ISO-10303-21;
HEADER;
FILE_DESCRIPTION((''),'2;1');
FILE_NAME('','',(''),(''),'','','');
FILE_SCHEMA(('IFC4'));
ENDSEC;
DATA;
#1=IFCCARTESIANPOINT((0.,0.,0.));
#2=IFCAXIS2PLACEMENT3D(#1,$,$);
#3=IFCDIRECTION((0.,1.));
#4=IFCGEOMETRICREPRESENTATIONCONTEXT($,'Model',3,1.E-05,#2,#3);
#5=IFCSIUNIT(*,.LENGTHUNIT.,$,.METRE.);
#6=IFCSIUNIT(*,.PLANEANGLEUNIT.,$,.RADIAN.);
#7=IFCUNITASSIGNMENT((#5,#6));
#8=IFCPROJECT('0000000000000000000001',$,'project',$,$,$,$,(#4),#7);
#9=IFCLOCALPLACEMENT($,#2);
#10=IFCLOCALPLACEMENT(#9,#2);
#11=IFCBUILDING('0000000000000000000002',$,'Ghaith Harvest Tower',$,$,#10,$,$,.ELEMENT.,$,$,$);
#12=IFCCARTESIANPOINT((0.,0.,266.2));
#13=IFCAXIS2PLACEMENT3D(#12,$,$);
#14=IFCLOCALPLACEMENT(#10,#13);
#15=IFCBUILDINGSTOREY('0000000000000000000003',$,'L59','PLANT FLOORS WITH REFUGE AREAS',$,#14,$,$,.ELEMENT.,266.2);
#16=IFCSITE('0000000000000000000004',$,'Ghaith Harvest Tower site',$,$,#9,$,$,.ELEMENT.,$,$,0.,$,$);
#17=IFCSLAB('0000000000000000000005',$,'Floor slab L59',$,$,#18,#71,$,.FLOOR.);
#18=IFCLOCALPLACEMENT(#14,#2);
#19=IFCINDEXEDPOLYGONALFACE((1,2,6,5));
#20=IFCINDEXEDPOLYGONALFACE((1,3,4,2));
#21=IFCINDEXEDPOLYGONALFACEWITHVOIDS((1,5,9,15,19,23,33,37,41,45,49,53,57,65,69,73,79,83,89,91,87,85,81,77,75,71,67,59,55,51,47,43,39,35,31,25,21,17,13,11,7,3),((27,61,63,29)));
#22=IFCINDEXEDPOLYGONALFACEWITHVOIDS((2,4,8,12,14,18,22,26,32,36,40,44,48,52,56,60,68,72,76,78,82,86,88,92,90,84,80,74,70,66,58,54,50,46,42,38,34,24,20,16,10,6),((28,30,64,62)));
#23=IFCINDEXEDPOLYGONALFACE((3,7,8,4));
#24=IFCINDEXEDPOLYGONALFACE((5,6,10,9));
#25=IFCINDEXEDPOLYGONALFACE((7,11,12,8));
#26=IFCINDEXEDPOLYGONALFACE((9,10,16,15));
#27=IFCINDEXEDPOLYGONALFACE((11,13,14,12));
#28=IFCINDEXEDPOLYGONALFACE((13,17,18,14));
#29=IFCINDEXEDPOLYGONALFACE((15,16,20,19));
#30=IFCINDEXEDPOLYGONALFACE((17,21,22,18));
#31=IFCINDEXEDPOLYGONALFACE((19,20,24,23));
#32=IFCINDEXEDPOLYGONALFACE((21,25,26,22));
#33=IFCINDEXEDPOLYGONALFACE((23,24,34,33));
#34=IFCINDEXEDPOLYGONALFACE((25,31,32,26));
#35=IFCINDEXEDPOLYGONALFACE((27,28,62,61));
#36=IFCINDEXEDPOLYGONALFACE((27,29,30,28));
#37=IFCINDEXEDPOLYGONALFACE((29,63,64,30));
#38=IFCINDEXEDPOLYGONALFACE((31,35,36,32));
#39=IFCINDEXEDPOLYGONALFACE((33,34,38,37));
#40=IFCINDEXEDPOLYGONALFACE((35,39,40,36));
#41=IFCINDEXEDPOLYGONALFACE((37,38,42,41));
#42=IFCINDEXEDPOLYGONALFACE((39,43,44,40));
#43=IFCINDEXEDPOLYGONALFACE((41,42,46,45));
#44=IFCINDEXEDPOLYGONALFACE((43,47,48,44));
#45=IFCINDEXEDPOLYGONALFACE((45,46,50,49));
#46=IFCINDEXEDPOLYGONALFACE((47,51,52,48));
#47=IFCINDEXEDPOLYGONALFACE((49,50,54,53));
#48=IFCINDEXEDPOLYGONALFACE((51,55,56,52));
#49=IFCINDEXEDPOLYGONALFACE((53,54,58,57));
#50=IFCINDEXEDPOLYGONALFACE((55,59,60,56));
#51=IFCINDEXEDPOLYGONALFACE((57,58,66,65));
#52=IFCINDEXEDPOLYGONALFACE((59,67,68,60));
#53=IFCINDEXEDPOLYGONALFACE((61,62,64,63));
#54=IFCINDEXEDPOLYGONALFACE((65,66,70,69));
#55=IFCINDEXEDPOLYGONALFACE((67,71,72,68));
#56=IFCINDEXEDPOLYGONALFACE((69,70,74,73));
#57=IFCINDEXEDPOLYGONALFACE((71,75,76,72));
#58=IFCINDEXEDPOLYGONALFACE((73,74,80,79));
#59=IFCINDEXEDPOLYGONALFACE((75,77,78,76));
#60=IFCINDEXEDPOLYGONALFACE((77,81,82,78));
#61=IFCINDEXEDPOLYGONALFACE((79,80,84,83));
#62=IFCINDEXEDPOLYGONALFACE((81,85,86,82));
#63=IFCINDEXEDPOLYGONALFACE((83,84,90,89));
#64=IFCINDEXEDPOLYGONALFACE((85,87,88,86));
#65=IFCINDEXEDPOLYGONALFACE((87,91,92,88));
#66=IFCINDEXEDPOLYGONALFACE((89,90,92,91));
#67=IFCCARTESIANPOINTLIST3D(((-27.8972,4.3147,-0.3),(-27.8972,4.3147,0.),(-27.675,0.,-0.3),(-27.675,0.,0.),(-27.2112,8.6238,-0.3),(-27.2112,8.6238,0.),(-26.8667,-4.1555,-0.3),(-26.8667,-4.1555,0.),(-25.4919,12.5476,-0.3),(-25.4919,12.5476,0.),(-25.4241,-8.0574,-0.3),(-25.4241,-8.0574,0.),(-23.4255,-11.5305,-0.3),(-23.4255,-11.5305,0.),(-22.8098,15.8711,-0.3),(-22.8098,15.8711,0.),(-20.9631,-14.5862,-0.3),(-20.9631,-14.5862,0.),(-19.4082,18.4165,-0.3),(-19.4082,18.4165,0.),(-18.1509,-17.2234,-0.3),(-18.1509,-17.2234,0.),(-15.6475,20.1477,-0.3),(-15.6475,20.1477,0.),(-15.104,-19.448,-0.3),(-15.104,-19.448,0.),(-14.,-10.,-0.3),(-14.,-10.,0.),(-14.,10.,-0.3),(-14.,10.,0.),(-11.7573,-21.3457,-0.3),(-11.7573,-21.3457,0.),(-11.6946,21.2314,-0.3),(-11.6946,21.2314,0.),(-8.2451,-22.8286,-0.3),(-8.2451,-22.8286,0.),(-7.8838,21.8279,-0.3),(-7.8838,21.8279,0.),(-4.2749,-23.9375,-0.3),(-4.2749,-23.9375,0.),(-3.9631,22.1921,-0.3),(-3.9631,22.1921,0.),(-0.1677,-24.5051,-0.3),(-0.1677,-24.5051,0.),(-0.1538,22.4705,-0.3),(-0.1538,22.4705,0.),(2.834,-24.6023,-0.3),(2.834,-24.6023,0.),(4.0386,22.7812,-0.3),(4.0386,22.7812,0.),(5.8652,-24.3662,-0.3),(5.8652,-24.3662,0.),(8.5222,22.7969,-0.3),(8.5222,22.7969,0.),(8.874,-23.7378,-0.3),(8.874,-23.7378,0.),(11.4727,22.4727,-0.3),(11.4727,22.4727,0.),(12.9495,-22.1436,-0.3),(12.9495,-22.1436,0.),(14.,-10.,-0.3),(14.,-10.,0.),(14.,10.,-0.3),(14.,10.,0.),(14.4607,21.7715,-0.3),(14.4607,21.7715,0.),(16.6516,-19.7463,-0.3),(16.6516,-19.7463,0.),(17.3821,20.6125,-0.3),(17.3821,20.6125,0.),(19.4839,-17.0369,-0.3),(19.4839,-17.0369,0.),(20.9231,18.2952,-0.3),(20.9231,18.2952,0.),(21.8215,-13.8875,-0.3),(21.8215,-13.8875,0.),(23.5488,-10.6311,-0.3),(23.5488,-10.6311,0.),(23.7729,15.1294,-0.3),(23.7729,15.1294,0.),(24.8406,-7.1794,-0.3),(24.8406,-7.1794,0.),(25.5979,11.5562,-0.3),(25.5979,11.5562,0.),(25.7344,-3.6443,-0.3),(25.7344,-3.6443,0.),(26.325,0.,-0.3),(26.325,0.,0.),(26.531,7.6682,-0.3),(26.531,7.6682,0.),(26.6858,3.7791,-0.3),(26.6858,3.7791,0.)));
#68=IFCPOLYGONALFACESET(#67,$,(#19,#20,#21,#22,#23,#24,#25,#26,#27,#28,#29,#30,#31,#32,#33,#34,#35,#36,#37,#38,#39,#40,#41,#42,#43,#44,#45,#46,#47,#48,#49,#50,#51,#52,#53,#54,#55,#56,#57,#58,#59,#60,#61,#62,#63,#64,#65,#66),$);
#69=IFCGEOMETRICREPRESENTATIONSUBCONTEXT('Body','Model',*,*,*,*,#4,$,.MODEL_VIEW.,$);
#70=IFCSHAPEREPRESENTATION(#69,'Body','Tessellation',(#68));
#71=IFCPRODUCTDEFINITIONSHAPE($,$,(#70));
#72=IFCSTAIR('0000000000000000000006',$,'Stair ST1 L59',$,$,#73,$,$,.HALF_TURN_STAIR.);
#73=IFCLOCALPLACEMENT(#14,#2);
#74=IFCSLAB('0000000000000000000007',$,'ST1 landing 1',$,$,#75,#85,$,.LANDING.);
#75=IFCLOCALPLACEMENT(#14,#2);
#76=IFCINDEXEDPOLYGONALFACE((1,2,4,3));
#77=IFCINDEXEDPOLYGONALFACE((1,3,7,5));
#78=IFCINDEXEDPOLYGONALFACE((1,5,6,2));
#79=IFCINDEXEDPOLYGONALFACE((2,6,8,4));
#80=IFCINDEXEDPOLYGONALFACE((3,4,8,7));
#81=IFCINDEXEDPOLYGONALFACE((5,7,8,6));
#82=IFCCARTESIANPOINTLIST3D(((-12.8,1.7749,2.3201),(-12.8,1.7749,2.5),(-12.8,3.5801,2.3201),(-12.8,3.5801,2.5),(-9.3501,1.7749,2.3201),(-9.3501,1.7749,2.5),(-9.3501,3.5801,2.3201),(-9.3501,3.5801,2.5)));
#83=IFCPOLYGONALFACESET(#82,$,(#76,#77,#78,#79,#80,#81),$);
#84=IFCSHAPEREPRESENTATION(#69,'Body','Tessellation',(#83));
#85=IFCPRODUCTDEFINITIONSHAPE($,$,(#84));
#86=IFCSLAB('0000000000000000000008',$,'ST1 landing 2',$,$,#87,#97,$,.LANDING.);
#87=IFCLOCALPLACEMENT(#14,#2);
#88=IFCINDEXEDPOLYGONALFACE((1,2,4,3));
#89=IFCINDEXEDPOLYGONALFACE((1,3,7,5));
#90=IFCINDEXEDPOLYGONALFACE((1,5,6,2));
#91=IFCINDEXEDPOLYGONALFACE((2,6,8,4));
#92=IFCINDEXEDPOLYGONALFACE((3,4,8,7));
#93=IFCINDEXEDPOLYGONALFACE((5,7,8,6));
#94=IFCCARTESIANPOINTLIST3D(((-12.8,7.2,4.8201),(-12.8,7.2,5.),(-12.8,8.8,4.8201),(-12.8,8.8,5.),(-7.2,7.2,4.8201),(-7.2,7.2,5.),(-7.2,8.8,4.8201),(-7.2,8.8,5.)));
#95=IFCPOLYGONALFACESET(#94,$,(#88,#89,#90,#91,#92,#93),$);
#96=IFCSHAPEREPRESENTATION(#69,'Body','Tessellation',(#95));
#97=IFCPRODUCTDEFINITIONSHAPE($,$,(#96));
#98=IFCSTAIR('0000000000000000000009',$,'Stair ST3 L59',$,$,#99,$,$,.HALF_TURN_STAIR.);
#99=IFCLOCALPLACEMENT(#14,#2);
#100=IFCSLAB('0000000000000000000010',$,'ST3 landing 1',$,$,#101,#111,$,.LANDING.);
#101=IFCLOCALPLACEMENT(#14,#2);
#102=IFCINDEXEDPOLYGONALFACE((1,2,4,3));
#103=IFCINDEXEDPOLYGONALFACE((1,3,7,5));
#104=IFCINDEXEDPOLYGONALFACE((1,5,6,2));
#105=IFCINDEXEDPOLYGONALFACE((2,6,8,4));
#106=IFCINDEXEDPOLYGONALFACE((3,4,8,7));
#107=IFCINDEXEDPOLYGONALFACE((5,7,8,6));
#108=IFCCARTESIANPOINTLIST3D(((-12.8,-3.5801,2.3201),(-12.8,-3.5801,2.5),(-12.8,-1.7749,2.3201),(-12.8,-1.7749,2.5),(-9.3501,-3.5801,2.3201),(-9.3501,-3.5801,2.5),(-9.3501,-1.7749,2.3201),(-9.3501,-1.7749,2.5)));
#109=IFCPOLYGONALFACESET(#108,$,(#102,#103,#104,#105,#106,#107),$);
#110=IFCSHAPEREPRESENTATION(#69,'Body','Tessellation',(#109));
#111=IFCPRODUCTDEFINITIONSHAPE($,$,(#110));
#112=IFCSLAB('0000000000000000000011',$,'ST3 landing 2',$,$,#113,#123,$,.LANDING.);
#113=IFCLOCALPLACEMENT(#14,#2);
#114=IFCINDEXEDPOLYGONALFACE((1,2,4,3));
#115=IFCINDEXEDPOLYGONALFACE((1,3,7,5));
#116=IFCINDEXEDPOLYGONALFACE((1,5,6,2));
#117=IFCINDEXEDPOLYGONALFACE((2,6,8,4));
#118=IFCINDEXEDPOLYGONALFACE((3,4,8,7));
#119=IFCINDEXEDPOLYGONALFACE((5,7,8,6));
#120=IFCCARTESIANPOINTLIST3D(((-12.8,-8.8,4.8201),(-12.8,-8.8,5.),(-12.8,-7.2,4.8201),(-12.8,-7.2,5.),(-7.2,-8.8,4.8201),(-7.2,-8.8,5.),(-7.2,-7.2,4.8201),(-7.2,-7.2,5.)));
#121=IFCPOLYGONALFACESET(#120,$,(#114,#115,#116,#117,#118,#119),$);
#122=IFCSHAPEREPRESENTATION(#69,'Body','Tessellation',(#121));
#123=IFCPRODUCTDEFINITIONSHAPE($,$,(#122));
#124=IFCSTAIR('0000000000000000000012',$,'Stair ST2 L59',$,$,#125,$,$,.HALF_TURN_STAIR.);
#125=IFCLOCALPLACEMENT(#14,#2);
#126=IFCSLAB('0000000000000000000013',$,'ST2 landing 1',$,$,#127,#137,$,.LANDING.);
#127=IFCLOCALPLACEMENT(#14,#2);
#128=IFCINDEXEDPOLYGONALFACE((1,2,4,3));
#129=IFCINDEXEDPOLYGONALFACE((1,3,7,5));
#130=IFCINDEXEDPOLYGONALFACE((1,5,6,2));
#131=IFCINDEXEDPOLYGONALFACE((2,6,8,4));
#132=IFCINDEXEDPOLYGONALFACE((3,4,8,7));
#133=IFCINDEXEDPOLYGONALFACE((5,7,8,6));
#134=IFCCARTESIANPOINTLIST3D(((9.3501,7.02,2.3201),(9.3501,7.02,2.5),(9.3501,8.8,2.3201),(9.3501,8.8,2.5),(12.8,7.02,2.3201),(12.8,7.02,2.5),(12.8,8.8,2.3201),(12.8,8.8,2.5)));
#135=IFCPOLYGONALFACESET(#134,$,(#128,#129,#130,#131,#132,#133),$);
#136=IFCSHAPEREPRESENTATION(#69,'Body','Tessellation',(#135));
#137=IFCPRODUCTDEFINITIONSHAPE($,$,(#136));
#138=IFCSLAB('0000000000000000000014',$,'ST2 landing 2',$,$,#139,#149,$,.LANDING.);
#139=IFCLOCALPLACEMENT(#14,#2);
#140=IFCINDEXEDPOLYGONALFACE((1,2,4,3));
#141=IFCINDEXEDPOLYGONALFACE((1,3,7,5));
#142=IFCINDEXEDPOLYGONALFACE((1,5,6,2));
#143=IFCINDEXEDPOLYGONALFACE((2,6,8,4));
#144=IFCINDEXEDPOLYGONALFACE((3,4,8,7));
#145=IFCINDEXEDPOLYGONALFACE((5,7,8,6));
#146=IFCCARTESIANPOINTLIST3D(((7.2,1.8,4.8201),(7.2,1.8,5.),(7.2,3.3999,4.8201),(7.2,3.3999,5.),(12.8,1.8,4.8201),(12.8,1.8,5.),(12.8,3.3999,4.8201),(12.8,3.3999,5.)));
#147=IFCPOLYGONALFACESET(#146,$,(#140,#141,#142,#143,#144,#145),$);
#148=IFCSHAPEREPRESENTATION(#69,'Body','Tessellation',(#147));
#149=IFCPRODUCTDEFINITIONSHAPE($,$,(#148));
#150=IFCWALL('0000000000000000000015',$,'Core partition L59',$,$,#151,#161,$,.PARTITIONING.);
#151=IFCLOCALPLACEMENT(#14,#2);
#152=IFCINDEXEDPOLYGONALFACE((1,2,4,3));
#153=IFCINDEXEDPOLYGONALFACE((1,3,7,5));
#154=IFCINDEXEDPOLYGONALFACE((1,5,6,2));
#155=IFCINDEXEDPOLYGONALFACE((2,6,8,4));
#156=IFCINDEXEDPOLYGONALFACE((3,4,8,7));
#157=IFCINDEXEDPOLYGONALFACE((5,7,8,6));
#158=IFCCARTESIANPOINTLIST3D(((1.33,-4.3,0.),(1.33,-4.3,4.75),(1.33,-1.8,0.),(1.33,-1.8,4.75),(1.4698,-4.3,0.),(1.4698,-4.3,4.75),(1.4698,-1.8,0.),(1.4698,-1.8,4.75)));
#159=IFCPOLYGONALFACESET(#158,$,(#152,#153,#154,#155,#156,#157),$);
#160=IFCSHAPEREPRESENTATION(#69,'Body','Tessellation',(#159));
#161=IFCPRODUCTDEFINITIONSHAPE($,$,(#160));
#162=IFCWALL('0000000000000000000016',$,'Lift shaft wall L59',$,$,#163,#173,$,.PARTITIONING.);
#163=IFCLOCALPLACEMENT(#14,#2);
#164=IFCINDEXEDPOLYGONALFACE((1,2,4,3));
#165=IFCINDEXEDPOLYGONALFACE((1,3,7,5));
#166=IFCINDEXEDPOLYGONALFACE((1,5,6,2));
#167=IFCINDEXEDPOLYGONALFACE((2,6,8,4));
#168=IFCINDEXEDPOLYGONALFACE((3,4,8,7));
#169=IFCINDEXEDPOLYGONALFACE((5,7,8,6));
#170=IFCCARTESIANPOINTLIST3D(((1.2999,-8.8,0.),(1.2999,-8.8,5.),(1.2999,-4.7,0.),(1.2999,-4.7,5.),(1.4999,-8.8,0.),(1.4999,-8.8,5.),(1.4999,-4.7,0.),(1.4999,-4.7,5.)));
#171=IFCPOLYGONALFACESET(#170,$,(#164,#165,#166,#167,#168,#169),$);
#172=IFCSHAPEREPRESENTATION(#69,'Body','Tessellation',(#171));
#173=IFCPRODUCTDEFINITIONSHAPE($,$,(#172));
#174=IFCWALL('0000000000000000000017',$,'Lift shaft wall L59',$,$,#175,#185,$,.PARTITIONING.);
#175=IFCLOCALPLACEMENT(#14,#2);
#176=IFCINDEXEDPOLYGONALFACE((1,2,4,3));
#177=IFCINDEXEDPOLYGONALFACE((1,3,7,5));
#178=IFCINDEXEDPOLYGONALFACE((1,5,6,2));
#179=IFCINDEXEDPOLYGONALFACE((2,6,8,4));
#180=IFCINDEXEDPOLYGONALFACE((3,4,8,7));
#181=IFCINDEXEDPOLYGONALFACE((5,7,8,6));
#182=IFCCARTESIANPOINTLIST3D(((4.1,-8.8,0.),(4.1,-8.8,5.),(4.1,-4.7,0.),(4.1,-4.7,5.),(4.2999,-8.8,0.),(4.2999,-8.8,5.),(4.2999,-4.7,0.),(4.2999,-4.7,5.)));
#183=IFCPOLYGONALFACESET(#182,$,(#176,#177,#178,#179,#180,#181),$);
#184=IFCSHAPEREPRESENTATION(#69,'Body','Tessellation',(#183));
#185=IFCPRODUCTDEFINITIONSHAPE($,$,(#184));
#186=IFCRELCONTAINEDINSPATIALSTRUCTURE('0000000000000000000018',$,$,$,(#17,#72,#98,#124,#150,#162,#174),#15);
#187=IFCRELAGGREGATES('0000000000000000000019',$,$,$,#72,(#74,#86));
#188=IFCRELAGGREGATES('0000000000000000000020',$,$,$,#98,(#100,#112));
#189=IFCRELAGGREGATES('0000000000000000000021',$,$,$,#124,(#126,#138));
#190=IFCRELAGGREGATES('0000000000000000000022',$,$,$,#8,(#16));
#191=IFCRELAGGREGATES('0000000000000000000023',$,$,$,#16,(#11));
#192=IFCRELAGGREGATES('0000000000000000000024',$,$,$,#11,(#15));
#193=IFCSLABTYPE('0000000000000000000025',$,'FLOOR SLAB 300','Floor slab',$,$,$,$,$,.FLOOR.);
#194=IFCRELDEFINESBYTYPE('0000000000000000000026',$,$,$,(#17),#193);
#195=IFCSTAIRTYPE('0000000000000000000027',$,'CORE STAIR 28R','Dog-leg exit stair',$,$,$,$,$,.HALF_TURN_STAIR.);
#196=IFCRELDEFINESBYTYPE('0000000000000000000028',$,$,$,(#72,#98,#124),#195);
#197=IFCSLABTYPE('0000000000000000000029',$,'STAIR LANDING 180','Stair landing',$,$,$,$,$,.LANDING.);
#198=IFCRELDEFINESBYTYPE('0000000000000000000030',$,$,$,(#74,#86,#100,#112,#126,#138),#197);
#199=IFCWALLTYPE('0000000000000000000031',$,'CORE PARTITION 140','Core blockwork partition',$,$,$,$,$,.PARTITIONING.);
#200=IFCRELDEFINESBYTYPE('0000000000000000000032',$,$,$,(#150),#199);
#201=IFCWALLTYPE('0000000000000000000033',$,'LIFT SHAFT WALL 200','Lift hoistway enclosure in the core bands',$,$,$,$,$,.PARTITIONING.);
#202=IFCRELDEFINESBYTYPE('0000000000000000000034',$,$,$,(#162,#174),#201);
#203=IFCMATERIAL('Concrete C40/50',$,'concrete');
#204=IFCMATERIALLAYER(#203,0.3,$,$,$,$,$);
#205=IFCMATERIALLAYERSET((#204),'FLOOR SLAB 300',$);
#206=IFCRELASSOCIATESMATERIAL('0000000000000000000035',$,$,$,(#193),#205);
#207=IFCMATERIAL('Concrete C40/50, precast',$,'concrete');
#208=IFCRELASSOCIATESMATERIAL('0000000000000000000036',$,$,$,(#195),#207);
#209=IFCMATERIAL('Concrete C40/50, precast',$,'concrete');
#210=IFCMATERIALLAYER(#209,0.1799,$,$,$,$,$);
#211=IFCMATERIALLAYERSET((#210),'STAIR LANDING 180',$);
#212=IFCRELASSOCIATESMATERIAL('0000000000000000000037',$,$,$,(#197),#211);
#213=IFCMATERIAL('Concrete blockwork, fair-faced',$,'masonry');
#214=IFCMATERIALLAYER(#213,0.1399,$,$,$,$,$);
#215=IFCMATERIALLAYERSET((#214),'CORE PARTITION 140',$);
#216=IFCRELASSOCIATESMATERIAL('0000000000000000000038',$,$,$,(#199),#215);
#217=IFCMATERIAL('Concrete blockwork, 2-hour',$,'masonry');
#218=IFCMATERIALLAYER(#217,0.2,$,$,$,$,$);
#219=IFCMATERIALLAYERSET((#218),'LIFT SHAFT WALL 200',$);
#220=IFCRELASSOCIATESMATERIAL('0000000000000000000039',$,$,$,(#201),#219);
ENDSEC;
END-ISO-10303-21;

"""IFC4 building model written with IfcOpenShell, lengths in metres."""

from ifc_helpers import new_model, si_unit, direction, frame, frame_2d, origin, place, context, subcontext, project, spatial, polyline, rectangle, outline, extrude, material, layer, layer_set, type_object, element, aggregate, save


model = new_model("IFC4")

# Units and contexts
model_context = context("Model", 3, precision=1e-05, world=origin(), true_north=direction((0.0, 1.0)))
body_context = subcontext(model_context, "Body", "Model", "MODEL_VIEW")
ifc_project = project(units=[si_unit("LENGTHUNIT", "METRE"), si_unit("PLANEANGLEUNIT", "RADIAN")], contexts=[model_context])

# Site, building, storey
site_placement = place(None, origin())
site = spatial("IfcSite", under=ifc_project, at=site_placement, Name="Ghaith Harvest Tower site", CompositionType="ELEMENT", RefElevation=0.0)
building_placement = place(site_placement, origin())
building = spatial("IfcBuilding", under=site, at=building_placement, Name="Ghaith Harvest Tower", CompositionType="ELEMENT")
storey_placement = place(building_placement, frame((0.0, 0.0, 266.2)))
storey = spatial("IfcBuildingStorey", under=building, at=storey_placement, Name="L59", Description="PLANT FLOORS WITH REFUGE AREAS", CompositionType="ELEMENT", Elevation=266.2)

# Slab
ifc_material_1 = material(Name="Concrete C40/50", Category="concrete")
ifc_layer_1 = layer(ifc_material_1, 0.3)
ifc_layer_set_1 = layer_set([ifc_layer_1], Name="FLOOR SLAB 300")
slab_type_1 = type_object("IfcSlabType", Name="FLOOR SLAB 300", Description="Floor slab", PredefinedType="FLOOR", material=ifc_layer_set_1)
slab_1_placement = place(storey_placement, frame((0.0, 0.0, -0.3)))
element("IfcSlab", 1, at=slab_1_placement, inside=storey, type_object=slab_type_1, Name="Floor slab L59", PredefinedType="FLOOR", context=body_context, shape_type="SweptSolid", body=[
    extrude(outline(polyline([(26.325, 0.0), (26.6858, 3.7791), (26.531, 7.6682), (25.5979, 11.5562), (23.7729, 15.1294), (20.9231, 18.2952), (17.3821, 20.6125), (14.4607, 21.7715), (11.4727, 22.4727), (8.5222, 22.7969), (4.0386, 22.7812), (-0.1538, 22.4705), (-3.9631, 22.1921), (-7.8838, 21.8279), (-11.6946, 21.2314), (-15.6475, 20.1477), (-19.4082, 18.4165), (-22.8098, 15.8711), (-25.4919, 12.5476), (-27.2112, 8.6238), (-27.8972, 4.3147), (-27.675, 0.0), (-26.8667, -4.1555), (-25.4241, -8.0574), (-23.4255, -11.5305), (-20.9631, -14.5862), (-18.1509, -17.2234), (-15.104, -19.448), (-11.7573, -21.3457), (-8.2451, -22.8286), (-4.2749, -23.9375), (-0.1677, -24.5051), (2.834, -24.6023), (5.8652, -24.3662), (8.874, -23.7378), (12.9495, -22.1436), (16.6516, -19.7463), (19.4839, -17.0369), (21.8215, -13.8875), (23.5488, -10.6311), (24.8406, -7.1794), (25.7344, -3.6443), (26.325, 0.0)]), holes=[polyline([(-14.0, -10.0), (14.0, -10.0), (14.0, 10.0), (-14.0, 10.0), (-14.0, -10.0)])]), origin(), (0.0, 0.0, 1.0), 0.3),
])

# Stairs, slabs
ifc_material_2 = material(Name="Concrete C40/50, precast", Category="concrete")
stair_type = type_object("IfcStairType", Name="CORE STAIR 28R", Description="Dog-leg exit stair", PredefinedType="HALF_TURN_STAIR", material=ifc_material_2)
stair_1_placement = place(storey_placement, origin())
stair_1 = element("IfcStair", 2, at=stair_1_placement, inside=storey, type_object=stair_type, Name="Stair ST1 L59", PredefinedType="HALF_TURN_STAIR")
ifc_material_3 = material(Name="Concrete C40/50, precast", Category="concrete")
ifc_layer_2 = layer(ifc_material_3, 0.1799)
ifc_layer_set_2 = layer_set([ifc_layer_2], Name="STAIR LANDING 180")
slab_type_2 = type_object("IfcSlabType", Name="STAIR LANDING 180", Description="Stair landing", PredefinedType="LANDING", material=ifc_layer_set_2)
slab_2_placement = place(storey_placement, frame((0.0, 0.0, 2.3201)))
slab_2 = element("IfcSlab", 3, at=slab_2_placement, type_object=slab_type_2, Name="ST1 landing 1", PredefinedType="LANDING", context=body_context, shape_type="SweptSolid", body=[
    extrude(outline(polyline([(-12.8, 3.5801), (-12.8, 1.7749), (-9.3501, 1.7749), (-9.3501, 3.5801), (-12.8, 3.5801)])), origin(), (0.0, 0.0, 1.0), 0.1799),
])
slab_3_placement = place(storey_placement, frame((0.0, 0.0, 4.8201)))
slab_3 = element("IfcSlab", 4, at=slab_3_placement, type_object=slab_type_2, Name="ST1 landing 2", PredefinedType="LANDING", context=body_context, shape_type="SweptSolid", body=[
    extrude(outline(polyline([(-12.8, 8.8), (-12.8, 7.2), (-7.2, 7.2), (-7.2, 8.8), (-12.8, 8.8)])), origin(), (0.0, 0.0, 1.0), 0.1799),
])
aggregate(stair_1, [slab_2, slab_3])
stair_2_placement = place(storey_placement, origin())
stair_2 = element("IfcStair", 5, at=stair_2_placement, inside=storey, type_object=stair_type, Name="Stair ST3 L59", PredefinedType="HALF_TURN_STAIR")
slab_4_placement = place(storey_placement, frame((0.0, 0.0, 2.3201)))
slab_4 = element("IfcSlab", 6, at=slab_4_placement, type_object=slab_type_2, Name="ST3 landing 1", PredefinedType="LANDING", context=body_context, shape_type="SweptSolid", body=[
    extrude(outline(polyline([(-12.8, -3.5801), (-12.8, -1.7749), (-9.3501, -1.7749), (-9.3501, -3.5801), (-12.8, -3.5801)])), origin(), (0.0, 0.0, 1.0), 0.1799),
])
slab_5_placement = place(storey_placement, frame((0.0, 0.0, 4.8201)))
slab_5 = element("IfcSlab", 7, at=slab_5_placement, type_object=slab_type_2, Name="ST3 landing 2", PredefinedType="LANDING", context=body_context, shape_type="SweptSolid", body=[
    extrude(outline(polyline([(-12.8, -8.8), (-12.8, -7.2), (-7.2, -7.2), (-7.2, -8.8), (-12.8, -8.8)])), origin(), (0.0, 0.0, 1.0), 0.1799),
])
aggregate(stair_2, [slab_4, slab_5])
stair_3_placement = place(storey_placement, origin())
stair_3 = element("IfcStair", 8, at=stair_3_placement, inside=storey, type_object=stair_type, Name="Stair ST2 L59", PredefinedType="HALF_TURN_STAIR")
slab_6_placement = place(storey_placement, frame((0.0, 0.0, 2.3201)))
slab_6 = element("IfcSlab", 9, at=slab_6_placement, type_object=slab_type_2, Name="ST2 landing 1", PredefinedType="LANDING", context=body_context, shape_type="SweptSolid", body=[
    extrude(outline(polyline([(12.8, 7.02), (12.8, 8.8), (9.3501, 8.8), (9.3501, 7.02), (12.8, 7.02)])), origin(), (0.0, 0.0, 1.0), 0.1799),
])
slab_7_placement = place(storey_placement, frame((0.0, 0.0, 4.8201)))
slab_7 = element("IfcSlab", 10, at=slab_7_placement, type_object=slab_type_2, Name="ST2 landing 2", PredefinedType="LANDING", context=body_context, shape_type="SweptSolid", body=[
    extrude(outline(polyline([(12.8, 1.8), (12.8, 3.3999), (7.2, 3.3999), (7.2, 1.8), (12.8, 1.8)])), origin(), (0.0, 0.0, 1.0), 0.1799),
])
aggregate(stair_3, [slab_6, slab_7])

# Walls
ifc_material_4 = material(Name="Concrete blockwork, fair-faced", Category="masonry")
ifc_layer_3 = layer(ifc_material_4, 0.1399)
ifc_layer_set_3 = layer_set([ifc_layer_3], Name="CORE PARTITION 140")
wall_type_1 = type_object("IfcWallType", Name="CORE PARTITION 140", Description="Core blockwork partition", PredefinedType="PARTITIONING", material=ifc_layer_set_3)
wall_1_placement = place(storey_placement, frame((1.3999, -1.8, 0.0), z_axis=(0.0, 0.0, 1.0), x_axis=(0.0, -1.0, 0.0)))
element("IfcWall", 11, at=wall_1_placement, inside=storey, type_object=wall_type_1, Name="Core partition L59", PredefinedType="PARTITIONING", context=body_context, shape_type="SweptSolid", body=[
    extrude(rectangle(XDim=2.5, YDim=0.1399, at=frame_2d((1.25, 0.0))), origin(), (0.0, 0.0, 1.0), 4.75),
])
ifc_material_5 = material(Name="Concrete blockwork, 2-hour", Category="masonry")
ifc_layer_4 = layer(ifc_material_5, 0.2)
ifc_layer_set_4 = layer_set([ifc_layer_4], Name="LIFT SHAFT WALL 200")
wall_type_2 = type_object("IfcWallType", Name="LIFT SHAFT WALL 200", Description="Lift hoistway enclosure in the core bands", PredefinedType="PARTITIONING", material=ifc_layer_set_4)
for number, where, z_axis, x_axis, name in (
    (12, (1.3999, -4.7, 0.0), (0.0, 0.0, 1.0), (0.0, -1.0, 0.0), "Lift shaft wall L59"),
    (13, (4.2, -4.7, 0.0), (0.0, 0.0, 1.0), (0.0, -1.0, 0.0), "Lift shaft wall L59"),
):
    element("IfcWall", number, at=place(storey_placement, frame(where, z_axis=z_axis, x_axis=x_axis)), inside=storey, type_object=wall_type_2, Name=name, PredefinedType="PARTITIONING", context=body_context, shape_type="SweptSolid", body=[
        extrude(rectangle(XDim=4.1001, YDim=0.2, at=frame_2d((2.05, 0.0))), origin(), (0.0, 0.0, 1.0), 5.0),
    ])

save(model, "model.ifc")
